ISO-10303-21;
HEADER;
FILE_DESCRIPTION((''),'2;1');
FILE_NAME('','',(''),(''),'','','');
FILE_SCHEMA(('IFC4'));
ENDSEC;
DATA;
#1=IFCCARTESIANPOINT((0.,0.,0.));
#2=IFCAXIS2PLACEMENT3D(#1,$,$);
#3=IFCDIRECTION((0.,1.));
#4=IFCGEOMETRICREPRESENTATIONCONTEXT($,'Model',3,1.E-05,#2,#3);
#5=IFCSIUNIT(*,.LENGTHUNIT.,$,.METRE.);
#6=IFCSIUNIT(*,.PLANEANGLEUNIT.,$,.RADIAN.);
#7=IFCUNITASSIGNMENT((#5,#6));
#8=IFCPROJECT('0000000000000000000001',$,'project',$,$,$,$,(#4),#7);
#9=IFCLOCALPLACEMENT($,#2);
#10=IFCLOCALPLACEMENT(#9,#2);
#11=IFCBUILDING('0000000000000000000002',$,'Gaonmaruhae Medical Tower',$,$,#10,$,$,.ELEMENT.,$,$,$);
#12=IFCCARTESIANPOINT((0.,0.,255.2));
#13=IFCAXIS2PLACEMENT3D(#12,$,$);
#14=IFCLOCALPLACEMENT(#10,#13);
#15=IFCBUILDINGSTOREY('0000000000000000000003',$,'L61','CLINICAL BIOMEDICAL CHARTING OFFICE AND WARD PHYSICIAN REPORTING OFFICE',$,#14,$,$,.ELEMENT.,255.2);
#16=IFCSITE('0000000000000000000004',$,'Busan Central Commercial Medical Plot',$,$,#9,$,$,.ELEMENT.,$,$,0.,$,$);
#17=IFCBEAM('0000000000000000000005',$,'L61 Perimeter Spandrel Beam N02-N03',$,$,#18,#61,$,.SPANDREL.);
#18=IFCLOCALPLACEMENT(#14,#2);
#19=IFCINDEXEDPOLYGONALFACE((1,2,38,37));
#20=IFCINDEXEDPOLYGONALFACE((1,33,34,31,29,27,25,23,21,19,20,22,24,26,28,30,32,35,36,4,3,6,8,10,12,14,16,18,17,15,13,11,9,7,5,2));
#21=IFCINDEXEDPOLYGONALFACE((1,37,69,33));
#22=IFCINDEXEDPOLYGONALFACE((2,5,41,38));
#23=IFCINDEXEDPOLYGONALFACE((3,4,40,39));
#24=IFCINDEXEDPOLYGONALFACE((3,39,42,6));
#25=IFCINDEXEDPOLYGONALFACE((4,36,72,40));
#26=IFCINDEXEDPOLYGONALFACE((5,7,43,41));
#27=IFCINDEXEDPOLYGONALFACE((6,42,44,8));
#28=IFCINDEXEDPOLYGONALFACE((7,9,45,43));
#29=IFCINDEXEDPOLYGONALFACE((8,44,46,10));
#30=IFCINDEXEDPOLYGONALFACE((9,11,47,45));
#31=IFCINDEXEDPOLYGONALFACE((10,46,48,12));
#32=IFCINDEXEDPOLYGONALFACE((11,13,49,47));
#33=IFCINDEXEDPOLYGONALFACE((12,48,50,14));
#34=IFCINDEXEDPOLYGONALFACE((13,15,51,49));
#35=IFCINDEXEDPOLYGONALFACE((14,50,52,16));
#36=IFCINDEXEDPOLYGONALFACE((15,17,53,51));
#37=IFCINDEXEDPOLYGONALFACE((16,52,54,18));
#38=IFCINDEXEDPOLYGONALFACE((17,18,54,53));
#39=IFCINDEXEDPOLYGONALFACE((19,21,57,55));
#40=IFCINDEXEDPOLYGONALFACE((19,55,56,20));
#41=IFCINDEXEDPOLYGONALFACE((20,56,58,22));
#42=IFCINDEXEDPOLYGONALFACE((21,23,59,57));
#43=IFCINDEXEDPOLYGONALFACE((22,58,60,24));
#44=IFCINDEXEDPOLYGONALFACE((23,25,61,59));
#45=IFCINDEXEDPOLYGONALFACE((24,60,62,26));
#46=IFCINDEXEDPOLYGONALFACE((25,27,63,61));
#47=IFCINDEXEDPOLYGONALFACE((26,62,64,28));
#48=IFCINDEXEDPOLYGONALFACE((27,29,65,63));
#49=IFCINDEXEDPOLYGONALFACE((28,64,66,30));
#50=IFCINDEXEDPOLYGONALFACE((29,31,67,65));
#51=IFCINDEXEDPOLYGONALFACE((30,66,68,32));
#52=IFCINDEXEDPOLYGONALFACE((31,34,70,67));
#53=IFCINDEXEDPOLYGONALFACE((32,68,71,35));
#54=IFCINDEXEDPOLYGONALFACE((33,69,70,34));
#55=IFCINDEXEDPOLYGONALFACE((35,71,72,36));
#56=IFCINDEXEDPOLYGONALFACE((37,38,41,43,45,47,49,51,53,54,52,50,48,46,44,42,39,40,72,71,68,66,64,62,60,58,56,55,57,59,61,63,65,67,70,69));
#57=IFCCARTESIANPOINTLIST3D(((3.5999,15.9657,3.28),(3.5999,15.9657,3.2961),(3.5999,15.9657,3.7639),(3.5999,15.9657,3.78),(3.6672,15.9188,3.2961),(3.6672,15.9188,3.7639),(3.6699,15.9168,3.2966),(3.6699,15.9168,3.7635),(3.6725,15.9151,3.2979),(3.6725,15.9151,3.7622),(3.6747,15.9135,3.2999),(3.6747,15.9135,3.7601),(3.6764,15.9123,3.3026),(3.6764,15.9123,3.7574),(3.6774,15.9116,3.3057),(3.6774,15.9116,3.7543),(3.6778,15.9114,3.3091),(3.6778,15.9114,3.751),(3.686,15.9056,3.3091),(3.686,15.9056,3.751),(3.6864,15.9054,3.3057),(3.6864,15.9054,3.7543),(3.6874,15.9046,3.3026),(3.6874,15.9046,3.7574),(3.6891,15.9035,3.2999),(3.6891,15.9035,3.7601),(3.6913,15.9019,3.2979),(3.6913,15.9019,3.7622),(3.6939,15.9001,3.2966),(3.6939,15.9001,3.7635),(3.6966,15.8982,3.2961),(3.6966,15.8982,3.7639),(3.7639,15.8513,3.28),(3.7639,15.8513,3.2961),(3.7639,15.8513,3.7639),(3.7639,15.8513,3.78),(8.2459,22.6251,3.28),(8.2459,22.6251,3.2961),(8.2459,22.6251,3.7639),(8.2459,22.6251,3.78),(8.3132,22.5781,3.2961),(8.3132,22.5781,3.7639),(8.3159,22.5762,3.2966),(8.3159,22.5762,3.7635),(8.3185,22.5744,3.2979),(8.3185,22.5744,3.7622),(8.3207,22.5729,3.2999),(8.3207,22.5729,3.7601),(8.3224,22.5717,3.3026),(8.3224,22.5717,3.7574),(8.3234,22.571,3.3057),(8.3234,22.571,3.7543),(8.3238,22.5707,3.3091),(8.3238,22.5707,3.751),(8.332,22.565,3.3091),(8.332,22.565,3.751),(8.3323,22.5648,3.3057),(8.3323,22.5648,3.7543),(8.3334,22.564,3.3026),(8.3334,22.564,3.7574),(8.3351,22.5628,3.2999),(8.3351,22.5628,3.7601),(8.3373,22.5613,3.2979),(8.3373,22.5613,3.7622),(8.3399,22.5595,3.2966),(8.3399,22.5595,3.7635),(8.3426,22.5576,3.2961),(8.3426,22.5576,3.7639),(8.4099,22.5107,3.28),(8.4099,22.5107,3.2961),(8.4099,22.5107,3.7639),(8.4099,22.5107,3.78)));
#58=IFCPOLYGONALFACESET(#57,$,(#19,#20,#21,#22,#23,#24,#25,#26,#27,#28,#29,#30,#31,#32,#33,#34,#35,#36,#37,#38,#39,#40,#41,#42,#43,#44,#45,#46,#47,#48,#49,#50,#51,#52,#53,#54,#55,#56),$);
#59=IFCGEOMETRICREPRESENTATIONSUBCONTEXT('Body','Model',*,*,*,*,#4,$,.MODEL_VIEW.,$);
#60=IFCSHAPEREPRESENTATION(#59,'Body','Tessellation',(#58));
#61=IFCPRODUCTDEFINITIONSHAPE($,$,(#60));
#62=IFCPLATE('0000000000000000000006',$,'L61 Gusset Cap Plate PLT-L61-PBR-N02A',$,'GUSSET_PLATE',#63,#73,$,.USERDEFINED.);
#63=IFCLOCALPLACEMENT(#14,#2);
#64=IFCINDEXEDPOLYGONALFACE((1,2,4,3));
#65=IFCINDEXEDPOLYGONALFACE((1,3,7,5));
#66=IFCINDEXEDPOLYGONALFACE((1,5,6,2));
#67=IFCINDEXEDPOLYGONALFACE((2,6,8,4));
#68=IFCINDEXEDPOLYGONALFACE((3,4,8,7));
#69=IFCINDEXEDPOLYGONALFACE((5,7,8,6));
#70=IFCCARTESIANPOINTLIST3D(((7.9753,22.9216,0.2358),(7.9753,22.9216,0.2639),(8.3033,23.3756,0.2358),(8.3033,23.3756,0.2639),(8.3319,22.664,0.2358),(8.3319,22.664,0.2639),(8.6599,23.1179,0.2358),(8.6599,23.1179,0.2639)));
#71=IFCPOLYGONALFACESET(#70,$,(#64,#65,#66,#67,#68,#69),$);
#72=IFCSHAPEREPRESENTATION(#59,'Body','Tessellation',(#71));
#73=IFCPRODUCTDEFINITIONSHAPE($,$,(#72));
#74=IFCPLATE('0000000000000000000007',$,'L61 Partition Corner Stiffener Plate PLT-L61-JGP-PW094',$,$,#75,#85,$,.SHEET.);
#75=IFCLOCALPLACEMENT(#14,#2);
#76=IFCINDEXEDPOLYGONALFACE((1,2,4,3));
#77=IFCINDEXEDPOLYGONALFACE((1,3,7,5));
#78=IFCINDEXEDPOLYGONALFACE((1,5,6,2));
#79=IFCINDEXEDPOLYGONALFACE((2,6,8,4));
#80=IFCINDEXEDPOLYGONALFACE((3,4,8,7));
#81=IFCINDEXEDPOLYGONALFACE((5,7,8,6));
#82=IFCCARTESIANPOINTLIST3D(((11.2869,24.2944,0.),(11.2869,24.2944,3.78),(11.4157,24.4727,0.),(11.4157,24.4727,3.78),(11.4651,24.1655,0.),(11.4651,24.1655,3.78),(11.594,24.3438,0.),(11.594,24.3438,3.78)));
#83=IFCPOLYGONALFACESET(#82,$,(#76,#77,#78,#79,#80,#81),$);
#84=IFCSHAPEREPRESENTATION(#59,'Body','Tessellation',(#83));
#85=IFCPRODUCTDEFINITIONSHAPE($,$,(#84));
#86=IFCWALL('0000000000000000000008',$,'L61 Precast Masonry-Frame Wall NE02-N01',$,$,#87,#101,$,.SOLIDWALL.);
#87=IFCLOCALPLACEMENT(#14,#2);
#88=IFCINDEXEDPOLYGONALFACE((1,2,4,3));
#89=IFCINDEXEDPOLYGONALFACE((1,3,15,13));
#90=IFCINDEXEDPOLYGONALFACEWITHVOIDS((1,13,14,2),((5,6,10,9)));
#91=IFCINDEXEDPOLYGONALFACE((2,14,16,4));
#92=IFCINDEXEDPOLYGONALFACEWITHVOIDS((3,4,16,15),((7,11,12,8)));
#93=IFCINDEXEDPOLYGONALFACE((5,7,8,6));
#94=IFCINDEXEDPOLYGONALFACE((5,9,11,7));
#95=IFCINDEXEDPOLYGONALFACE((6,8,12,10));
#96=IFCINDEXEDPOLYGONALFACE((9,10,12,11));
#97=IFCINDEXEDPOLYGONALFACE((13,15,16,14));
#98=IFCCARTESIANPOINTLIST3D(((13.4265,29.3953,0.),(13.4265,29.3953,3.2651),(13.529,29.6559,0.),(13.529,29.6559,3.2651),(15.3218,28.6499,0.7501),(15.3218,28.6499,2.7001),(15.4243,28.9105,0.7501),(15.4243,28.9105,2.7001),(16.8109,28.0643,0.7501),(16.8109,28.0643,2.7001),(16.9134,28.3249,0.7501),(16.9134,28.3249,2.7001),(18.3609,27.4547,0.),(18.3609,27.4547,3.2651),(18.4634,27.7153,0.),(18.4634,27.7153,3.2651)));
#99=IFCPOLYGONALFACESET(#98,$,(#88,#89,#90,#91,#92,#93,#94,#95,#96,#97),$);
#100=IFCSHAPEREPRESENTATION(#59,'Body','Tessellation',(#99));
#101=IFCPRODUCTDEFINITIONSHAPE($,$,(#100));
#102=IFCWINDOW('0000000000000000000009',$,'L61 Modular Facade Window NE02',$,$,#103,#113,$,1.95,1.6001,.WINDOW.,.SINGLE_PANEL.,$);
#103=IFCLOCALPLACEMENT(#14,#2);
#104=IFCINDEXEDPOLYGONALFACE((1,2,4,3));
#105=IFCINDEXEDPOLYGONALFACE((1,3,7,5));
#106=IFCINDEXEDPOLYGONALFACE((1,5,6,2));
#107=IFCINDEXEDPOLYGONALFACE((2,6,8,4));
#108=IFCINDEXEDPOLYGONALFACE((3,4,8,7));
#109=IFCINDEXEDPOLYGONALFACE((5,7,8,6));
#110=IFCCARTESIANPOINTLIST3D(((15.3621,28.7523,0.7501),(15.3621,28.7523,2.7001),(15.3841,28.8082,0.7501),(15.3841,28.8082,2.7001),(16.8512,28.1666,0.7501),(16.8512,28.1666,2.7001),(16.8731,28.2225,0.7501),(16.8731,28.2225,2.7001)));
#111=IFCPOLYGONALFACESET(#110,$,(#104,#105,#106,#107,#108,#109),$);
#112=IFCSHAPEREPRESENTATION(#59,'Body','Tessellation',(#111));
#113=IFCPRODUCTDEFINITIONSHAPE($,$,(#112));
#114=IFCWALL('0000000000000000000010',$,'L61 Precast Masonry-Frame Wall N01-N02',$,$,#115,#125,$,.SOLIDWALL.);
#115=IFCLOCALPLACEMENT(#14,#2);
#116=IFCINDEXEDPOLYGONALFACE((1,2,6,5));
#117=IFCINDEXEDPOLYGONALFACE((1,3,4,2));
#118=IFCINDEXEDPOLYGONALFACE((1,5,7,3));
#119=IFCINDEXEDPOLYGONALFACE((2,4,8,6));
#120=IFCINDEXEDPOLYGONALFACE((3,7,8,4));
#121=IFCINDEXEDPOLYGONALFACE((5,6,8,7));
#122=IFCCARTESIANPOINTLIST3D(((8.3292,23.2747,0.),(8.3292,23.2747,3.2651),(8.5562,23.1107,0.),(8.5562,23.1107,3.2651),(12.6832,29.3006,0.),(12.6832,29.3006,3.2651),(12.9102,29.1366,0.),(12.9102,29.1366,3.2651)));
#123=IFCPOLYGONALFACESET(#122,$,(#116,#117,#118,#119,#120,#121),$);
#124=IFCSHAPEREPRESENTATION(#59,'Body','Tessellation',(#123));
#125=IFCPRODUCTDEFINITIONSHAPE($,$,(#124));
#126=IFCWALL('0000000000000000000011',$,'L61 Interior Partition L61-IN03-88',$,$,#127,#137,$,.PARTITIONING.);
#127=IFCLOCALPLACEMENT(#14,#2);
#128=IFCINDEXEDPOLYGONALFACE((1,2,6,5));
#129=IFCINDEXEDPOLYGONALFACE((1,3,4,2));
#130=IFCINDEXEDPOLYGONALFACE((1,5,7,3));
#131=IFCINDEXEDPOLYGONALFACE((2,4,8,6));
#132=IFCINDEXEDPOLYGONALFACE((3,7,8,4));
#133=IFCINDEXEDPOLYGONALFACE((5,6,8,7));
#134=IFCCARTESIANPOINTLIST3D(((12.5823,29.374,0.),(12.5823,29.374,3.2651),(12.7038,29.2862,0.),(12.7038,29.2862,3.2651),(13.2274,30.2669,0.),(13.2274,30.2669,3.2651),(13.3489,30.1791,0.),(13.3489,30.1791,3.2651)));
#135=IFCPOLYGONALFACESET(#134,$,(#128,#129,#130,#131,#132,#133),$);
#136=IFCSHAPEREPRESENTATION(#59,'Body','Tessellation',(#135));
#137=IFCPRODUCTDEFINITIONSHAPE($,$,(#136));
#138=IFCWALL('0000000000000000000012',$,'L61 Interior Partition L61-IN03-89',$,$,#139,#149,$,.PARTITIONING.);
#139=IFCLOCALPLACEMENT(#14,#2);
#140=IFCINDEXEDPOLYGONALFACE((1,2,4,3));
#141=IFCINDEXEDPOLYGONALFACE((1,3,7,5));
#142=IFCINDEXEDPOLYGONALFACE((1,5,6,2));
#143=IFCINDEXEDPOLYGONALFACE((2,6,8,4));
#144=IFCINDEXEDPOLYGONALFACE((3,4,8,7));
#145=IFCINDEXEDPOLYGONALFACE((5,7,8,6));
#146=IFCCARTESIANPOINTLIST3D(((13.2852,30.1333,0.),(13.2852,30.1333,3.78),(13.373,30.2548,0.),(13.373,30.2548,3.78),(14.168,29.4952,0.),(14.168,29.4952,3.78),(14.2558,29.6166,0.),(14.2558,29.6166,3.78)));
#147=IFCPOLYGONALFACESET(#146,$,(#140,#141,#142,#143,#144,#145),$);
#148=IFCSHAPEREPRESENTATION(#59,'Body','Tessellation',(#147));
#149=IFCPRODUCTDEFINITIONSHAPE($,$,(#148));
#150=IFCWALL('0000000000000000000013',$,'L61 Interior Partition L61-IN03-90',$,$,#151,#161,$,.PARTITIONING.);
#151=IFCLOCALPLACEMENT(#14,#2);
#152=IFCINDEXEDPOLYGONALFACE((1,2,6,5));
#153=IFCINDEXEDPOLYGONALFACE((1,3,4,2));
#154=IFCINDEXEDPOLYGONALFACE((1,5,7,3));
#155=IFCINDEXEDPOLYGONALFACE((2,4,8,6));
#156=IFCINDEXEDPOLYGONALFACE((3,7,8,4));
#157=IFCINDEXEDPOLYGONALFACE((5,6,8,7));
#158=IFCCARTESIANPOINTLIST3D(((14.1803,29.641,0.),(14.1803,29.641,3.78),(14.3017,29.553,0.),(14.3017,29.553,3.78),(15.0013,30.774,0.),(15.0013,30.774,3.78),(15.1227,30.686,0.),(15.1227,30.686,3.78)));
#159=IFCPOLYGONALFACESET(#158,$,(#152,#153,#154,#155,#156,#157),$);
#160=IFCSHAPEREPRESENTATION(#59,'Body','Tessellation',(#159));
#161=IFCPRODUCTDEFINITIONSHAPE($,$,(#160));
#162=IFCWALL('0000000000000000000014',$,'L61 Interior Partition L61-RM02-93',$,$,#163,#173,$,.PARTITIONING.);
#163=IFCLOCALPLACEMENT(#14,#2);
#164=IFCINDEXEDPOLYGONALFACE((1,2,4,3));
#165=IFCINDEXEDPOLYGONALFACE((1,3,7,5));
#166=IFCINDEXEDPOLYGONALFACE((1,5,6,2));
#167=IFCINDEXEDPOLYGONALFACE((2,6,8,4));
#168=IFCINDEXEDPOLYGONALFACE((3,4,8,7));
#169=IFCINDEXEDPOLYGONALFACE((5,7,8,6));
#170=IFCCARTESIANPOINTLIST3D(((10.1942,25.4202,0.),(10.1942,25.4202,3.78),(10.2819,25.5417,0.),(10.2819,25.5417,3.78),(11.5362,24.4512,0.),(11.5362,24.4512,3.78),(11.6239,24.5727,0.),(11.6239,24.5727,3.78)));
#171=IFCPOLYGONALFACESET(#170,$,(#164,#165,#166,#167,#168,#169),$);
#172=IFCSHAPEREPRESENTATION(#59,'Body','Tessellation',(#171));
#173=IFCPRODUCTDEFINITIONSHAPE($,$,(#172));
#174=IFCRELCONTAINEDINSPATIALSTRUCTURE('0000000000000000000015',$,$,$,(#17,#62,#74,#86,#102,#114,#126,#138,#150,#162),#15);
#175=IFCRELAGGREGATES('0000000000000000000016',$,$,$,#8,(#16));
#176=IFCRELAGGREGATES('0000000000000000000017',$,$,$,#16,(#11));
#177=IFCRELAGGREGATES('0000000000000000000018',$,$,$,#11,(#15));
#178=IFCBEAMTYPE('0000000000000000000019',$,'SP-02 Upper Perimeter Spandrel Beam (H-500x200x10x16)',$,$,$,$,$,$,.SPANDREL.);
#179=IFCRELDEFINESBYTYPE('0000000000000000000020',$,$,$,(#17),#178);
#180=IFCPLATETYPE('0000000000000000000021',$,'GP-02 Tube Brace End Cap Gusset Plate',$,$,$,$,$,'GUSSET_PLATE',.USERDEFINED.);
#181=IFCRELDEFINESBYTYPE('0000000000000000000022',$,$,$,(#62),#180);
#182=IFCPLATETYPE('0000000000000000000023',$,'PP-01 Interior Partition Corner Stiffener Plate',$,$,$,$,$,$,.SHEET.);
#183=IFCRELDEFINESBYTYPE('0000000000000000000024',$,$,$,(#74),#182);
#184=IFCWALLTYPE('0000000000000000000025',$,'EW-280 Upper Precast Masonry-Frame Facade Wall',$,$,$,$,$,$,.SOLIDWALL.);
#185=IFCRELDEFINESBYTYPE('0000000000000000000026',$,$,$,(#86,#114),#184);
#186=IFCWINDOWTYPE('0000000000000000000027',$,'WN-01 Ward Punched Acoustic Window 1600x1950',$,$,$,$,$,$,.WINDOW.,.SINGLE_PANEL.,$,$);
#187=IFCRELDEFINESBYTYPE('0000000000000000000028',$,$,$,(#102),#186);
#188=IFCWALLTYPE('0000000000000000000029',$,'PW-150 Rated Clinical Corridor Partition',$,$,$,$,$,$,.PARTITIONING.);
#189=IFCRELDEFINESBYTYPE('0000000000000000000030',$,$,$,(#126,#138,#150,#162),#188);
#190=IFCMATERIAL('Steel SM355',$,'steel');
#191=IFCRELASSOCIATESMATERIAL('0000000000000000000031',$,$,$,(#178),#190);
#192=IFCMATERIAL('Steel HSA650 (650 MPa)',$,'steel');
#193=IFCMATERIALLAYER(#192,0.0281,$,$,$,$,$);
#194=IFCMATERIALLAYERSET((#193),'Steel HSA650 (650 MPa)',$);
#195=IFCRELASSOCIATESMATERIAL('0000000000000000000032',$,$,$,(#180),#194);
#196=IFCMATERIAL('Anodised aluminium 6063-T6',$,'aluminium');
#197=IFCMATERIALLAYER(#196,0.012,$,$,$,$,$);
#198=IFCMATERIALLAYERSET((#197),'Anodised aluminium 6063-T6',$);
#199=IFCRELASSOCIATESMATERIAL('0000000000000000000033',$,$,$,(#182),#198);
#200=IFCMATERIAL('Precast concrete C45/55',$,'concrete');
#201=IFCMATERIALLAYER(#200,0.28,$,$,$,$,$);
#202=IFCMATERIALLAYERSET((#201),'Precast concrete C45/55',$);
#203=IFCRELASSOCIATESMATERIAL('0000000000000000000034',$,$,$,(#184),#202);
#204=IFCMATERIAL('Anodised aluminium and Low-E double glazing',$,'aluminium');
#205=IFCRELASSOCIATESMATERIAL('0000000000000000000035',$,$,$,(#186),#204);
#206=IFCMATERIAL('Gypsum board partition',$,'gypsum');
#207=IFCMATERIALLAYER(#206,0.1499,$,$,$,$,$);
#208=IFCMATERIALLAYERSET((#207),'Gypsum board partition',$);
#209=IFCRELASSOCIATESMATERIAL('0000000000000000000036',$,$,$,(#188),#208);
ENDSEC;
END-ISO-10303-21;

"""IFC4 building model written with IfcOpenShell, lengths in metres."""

from ifc_helpers import new_model, si_unit, direction, frame, frame_2d, origin, origin_2d, place, context, subcontext, project, spatial, rectangle, i_section, extrude, material, layer, layer_set, material_profile, profile_set, type_object, element, fill, save


model = new_model("IFC4")

# Units and contexts
model_context = context("Model", 3, precision=1e-05, world=origin(), true_north=direction((0.0, 1.0)))
body_context = subcontext(model_context, "Body", "Model", "MODEL_VIEW")
ifc_project = project(units=[si_unit("LENGTHUNIT", "METRE"), si_unit("PLANEANGLEUNIT", "RADIAN")], contexts=[model_context])

# Site, building, storey
site_placement = place(None, origin())
site = spatial("IfcSite", under=ifc_project, at=site_placement, Name="Busan Central Commercial Medical Plot", CompositionType="ELEMENT", RefElevation=0.0)
building_placement = place(site_placement, origin())
building = spatial("IfcBuilding", under=site, at=building_placement, Name="Gaonmaruhae Medical Tower", CompositionType="ELEMENT")
storey_placement = place(building_placement, frame((0.0, 0.0, 255.2)))
storey = spatial("IfcBuildingStorey", under=building, at=storey_placement, Name="L61", Description="CLINICAL BIOMEDICAL CHARTING OFFICE AND WARD PHYSICIAN REPORTING OFFICE", CompositionType="ELEMENT", Elevation=255.2)

# Shared definitions
ifc_material_1 = material(Name="Steel SM355", Category="steel")

# Beam
ifc_material_profile_1 = material_profile(ifc_material_1, i_section(OverallWidth=0.2, OverallDepth=0.5, WebThickness=0.01, FlangeThickness=0.0161, FilletRadius=0.0129, at=origin_2d()), Name="H-500x200x10x16")
ifc_profile_set_1 = profile_set([ifc_material_profile_1], Name="Steel SM355")
beam_type_1 = type_object("IfcBeamType", Name="SP-02 Upper Perimeter Spandrel Beam (H-500x200x10x16)", PredefinedType="SPANDREL", material=ifc_profile_set_1)
for number, where, z_axis, x_axis, name in (
    (1, (8.3279, 22.5679, 3.53), (-0.572172, -0.820134, 0.0), (0.820134, -0.572172, 0.0), "L61 Perimeter Spandrel Beam N02-N03"),
):
    element("IfcBeam", number, at=place(storey_placement, frame(where, z_axis=z_axis, x_axis=x_axis)), inside=storey, type_object=beam_type_1, Name=name, PredefinedType="SPANDREL", context=body_context, shape_type="SweptSolid", body=[
        extrude(i_section(OverallWidth=0.2, OverallDepth=0.5, WebThickness=0.01, FlangeThickness=0.0161, FilletRadius=0.0129, at=origin_2d()), origin(), (0.0, 0.0, 1.0), 8.1199),
    ])

# Plates
ifc_material_2 = material(Name="Steel HSA650 (650 MPa)", Category="steel")
ifc_layer_1 = layer(ifc_material_2, 0.0281)
ifc_layer_set_1 = layer_set([ifc_layer_1], Name="Steel HSA650 (650 MPa)")
plate_type_1 = type_object("IfcPlateType", Name="GP-02 Tube Brace End Cap Gusset Plate", ElementType="GUSSET_PLATE", PredefinedType="USERDEFINED", material=ifc_layer_set_1)
plate_1_placement = place(storey_placement, frame((8.3176, 23.0198, 0.2358), z_axis=(0.0, 0.0, 1.0), x_axis=(0.585665, 0.810553, 0.0)))
element("IfcPlate", 2, at=plate_1_placement, inside=storey, type_object=plate_type_1, Name="L61 Gusset Cap Plate PLT-L61-PBR-N02A", ObjectType="GUSSET_PLATE", PredefinedType="USERDEFINED", context=body_context, shape_type="SweptSolid", body=[
    extrude(rectangle(XDim=0.5601, YDim=0.4399, at=origin_2d()), origin(), (0.0, 0.0, 1.0), 0.0281),
])
ifc_material_3 = material(Name="Anodised aluminium 6063-T6", Category="aluminium")
ifc_layer_2 = layer(ifc_material_3, 0.012)
ifc_layer_set_2 = layer_set([ifc_layer_2], Name="Anodised aluminium 6063-T6")
plate_type_2 = type_object("IfcPlateType", Name="PP-01 Interior Partition Corner Stiffener Plate", PredefinedType="SHEET", material=ifc_layer_set_2)
plate_2_placement = place(storey_placement, frame((11.4404, 24.3191, 0.0), z_axis=(0.0, 0.0, 1.0), x_axis=(-0.585793, -0.810461, 0.0)))
element("IfcPlate", 3, at=plate_2_placement, inside=storey, type_object=plate_type_2, Name="L61 Partition Corner Stiffener Plate PLT-L61-JGP-PW094", PredefinedType="SHEET", context=body_context, shape_type="SweptSolid", body=[
    extrude(rectangle(XDim=0.22, YDim=0.22, at=origin_2d()), origin(), (0.0, 0.0, 1.0), 3.78),
])

# Wall, opening, window
ifc_material_4 = material(Name="Precast concrete C45/55", Category="concrete")
ifc_layer_3 = layer(ifc_material_4, 0.28)
ifc_layer_set_3 = layer_set([ifc_layer_3], Name="Precast concrete C45/55")
wall_type_1 = type_object("IfcWallType", Name="EW-280 Upper Precast Masonry-Frame Facade Wall", PredefinedType="SOLIDWALL", material=ifc_layer_set_3)
wall_1_placement = place(storey_placement, frame((13.4778, 29.5256, 0.0), z_axis=(0.0, 0.0, 1.0), x_axis=(0.930611, -0.36601, 0.0)))
wall_1 = element("IfcWall", 4, at=wall_1_placement, inside=storey, type_object=wall_type_1, Name="L61 Precast Masonry-Frame Wall NE02-N01", PredefinedType="SOLIDWALL", context=body_context, shape_type="SweptSolid", body=[
    extrude(rectangle(XDim=5.3022, YDim=0.28, at=frame_2d((2.6511, 0.0))), origin(), (0.0, 0.0, 1.0), 3.2651),
])
opening_1_placement = place(wall_1_placement, frame((2.0366, 0.0, 0.75)))
opening_1 = element("IfcOpeningElement", 5, at=opening_1_placement, cuts=wall_1, PredefinedType="OPENING", context=body_context, shape_type="SweptSolid", body=[
    extrude(rectangle(XDim=1.6001, YDim=1.95, at=frame_2d((0.8, 0.9751))), frame((0.0, 0.1499, 0.0), z_axis=(0.0, -1.0, 0.0), x_axis=(1.0, 0.0, 0.0)), (0.0, 0.0, 1.0), 0.3),
])
ifc_material_5 = material(Name="Anodised aluminium and Low-E double glazing", Category="aluminium")
window_type = type_object("IfcWindowType", Name="WN-01 Ward Punched Acoustic Window 1600x1950", PartitioningType="SINGLE_PANEL", PredefinedType="WINDOW", material=ifc_material_5)
window_placement = place(opening_1_placement, origin())
window = element("IfcWindow", 6, at=window_placement, inside=storey, type_object=window_type, Name="L61 Modular Facade Window NE02", OverallHeight=1.95, OverallWidth=1.6001, PartitioningType="SINGLE_PANEL", PredefinedType="WINDOW", context=body_context, shape_type="SweptSolid", body=[
    extrude(rectangle(XDim=1.6001, YDim=1.95, at=frame_2d((0.8, 0.9751))), frame((0.0, 0.03, 0.0), z_axis=(0.0, -1.0, 0.0), x_axis=(1.0, 0.0, 0.0)), (0.0, 0.0, 1.0), 0.0601),
])
fill(opening_1, window)

# Wall
wall_2_placement = place(storey_placement, frame((8.4426, 23.1926, 0.0), z_axis=(0.0, 0.0, 1.0), x_axis=(0.585666, 0.810553, 0.0)))
element("IfcWall", 7, at=wall_2_placement, inside=storey, type_object=wall_type_1, Name="L61 Precast Masonry-Frame Wall N01-N02", PredefinedType="SOLIDWALL", context=body_context, shape_type="SweptSolid", body=[
    extrude(rectangle(XDim=7.4343, YDim=0.28, at=frame_2d((3.7173, 0.0))), origin(), (0.0, 0.0, 1.0), 3.2651),
])

# Shared definitions
ifc_material_6 = material(Name="Gypsum board partition", Category="gypsum")
ifc_layer_4 = layer(ifc_material_6, 0.1499)
ifc_layer_set_4 = layer_set([ifc_layer_4], Name="Gypsum board partition")
wall_type_2 = type_object("IfcWallType", Name="PW-150 Rated Clinical Corridor Partition", PredefinedType="PARTITIONING", material=ifc_layer_set_4)

# Walls
wall_3_placement = place(storey_placement, frame((12.6431, 29.3301, 0.0), z_axis=(0.0, 0.0, 1.0), x_axis=(0.585612, 0.810592, 0.0)))
element("IfcWall", 8, at=wall_3_placement, inside=storey, type_object=wall_type_2, Name="L61 Interior Partition L61-IN03-88", PredefinedType="PARTITIONING", context=body_context, shape_type="SweptSolid", body=[
    extrude(rectangle(XDim=1.1016, YDim=0.1499, at=frame_2d((0.5508, 0.0))), origin(), (0.0, 0.0, 1.0), 3.2651),
])
wall_4_placement = place(storey_placement, frame((13.3291, 30.1941, 0.0), z_axis=(0.0, 0.0, 1.0), x_axis=(0.810419, -0.585851, 0.0)))
element("IfcWall", 9, at=wall_4_placement, inside=storey, type_object=wall_type_2, Name="L61 Interior Partition L61-IN03-89", PredefinedType="PARTITIONING", context=body_context, shape_type="SweptSolid", body=[
    extrude(rectangle(XDim=1.0894, YDim=0.1499, at=frame_2d((0.5447, 0.0))), origin(), (0.0, 0.0, 1.0), 3.78),
])
wall_5_placement = place(storey_placement, frame((14.241, 29.5969, 0.0), z_axis=(0.0, 0.0, 1.0), x_axis=(0.58677, 0.809753, 0.0)))
element("IfcWall", 10, at=wall_5_placement, inside=storey, type_object=wall_type_2, Name="L61 Interior Partition L61-IN03-90", PredefinedType="PARTITIONING", context=body_context, shape_type="SweptSolid", body=[
    extrude(rectangle(XDim=1.3992, YDim=0.1499, at=frame_2d((0.6997, 0.0))), origin(), (0.0, 0.0, 1.0), 3.78),
])
wall_6_placement = place(storey_placement, frame((10.238, 25.481, 0.0), z_axis=(0.0, 0.0, 1.0), x_axis=(0.810753, -0.585388, 0.0)))
element("IfcWall", 11, at=wall_6_placement, inside=storey, type_object=wall_type_2, Name="L61 Interior Partition L61-RM02-93", PredefinedType="PARTITIONING", context=body_context, shape_type="SweptSolid", body=[
    extrude(rectangle(XDim=1.6553, YDim=0.1499, at=frame_2d((0.8276, 0.0))), origin(), (0.0, 0.0, 1.0), 3.78),
])

save(model, "model.ifc")
